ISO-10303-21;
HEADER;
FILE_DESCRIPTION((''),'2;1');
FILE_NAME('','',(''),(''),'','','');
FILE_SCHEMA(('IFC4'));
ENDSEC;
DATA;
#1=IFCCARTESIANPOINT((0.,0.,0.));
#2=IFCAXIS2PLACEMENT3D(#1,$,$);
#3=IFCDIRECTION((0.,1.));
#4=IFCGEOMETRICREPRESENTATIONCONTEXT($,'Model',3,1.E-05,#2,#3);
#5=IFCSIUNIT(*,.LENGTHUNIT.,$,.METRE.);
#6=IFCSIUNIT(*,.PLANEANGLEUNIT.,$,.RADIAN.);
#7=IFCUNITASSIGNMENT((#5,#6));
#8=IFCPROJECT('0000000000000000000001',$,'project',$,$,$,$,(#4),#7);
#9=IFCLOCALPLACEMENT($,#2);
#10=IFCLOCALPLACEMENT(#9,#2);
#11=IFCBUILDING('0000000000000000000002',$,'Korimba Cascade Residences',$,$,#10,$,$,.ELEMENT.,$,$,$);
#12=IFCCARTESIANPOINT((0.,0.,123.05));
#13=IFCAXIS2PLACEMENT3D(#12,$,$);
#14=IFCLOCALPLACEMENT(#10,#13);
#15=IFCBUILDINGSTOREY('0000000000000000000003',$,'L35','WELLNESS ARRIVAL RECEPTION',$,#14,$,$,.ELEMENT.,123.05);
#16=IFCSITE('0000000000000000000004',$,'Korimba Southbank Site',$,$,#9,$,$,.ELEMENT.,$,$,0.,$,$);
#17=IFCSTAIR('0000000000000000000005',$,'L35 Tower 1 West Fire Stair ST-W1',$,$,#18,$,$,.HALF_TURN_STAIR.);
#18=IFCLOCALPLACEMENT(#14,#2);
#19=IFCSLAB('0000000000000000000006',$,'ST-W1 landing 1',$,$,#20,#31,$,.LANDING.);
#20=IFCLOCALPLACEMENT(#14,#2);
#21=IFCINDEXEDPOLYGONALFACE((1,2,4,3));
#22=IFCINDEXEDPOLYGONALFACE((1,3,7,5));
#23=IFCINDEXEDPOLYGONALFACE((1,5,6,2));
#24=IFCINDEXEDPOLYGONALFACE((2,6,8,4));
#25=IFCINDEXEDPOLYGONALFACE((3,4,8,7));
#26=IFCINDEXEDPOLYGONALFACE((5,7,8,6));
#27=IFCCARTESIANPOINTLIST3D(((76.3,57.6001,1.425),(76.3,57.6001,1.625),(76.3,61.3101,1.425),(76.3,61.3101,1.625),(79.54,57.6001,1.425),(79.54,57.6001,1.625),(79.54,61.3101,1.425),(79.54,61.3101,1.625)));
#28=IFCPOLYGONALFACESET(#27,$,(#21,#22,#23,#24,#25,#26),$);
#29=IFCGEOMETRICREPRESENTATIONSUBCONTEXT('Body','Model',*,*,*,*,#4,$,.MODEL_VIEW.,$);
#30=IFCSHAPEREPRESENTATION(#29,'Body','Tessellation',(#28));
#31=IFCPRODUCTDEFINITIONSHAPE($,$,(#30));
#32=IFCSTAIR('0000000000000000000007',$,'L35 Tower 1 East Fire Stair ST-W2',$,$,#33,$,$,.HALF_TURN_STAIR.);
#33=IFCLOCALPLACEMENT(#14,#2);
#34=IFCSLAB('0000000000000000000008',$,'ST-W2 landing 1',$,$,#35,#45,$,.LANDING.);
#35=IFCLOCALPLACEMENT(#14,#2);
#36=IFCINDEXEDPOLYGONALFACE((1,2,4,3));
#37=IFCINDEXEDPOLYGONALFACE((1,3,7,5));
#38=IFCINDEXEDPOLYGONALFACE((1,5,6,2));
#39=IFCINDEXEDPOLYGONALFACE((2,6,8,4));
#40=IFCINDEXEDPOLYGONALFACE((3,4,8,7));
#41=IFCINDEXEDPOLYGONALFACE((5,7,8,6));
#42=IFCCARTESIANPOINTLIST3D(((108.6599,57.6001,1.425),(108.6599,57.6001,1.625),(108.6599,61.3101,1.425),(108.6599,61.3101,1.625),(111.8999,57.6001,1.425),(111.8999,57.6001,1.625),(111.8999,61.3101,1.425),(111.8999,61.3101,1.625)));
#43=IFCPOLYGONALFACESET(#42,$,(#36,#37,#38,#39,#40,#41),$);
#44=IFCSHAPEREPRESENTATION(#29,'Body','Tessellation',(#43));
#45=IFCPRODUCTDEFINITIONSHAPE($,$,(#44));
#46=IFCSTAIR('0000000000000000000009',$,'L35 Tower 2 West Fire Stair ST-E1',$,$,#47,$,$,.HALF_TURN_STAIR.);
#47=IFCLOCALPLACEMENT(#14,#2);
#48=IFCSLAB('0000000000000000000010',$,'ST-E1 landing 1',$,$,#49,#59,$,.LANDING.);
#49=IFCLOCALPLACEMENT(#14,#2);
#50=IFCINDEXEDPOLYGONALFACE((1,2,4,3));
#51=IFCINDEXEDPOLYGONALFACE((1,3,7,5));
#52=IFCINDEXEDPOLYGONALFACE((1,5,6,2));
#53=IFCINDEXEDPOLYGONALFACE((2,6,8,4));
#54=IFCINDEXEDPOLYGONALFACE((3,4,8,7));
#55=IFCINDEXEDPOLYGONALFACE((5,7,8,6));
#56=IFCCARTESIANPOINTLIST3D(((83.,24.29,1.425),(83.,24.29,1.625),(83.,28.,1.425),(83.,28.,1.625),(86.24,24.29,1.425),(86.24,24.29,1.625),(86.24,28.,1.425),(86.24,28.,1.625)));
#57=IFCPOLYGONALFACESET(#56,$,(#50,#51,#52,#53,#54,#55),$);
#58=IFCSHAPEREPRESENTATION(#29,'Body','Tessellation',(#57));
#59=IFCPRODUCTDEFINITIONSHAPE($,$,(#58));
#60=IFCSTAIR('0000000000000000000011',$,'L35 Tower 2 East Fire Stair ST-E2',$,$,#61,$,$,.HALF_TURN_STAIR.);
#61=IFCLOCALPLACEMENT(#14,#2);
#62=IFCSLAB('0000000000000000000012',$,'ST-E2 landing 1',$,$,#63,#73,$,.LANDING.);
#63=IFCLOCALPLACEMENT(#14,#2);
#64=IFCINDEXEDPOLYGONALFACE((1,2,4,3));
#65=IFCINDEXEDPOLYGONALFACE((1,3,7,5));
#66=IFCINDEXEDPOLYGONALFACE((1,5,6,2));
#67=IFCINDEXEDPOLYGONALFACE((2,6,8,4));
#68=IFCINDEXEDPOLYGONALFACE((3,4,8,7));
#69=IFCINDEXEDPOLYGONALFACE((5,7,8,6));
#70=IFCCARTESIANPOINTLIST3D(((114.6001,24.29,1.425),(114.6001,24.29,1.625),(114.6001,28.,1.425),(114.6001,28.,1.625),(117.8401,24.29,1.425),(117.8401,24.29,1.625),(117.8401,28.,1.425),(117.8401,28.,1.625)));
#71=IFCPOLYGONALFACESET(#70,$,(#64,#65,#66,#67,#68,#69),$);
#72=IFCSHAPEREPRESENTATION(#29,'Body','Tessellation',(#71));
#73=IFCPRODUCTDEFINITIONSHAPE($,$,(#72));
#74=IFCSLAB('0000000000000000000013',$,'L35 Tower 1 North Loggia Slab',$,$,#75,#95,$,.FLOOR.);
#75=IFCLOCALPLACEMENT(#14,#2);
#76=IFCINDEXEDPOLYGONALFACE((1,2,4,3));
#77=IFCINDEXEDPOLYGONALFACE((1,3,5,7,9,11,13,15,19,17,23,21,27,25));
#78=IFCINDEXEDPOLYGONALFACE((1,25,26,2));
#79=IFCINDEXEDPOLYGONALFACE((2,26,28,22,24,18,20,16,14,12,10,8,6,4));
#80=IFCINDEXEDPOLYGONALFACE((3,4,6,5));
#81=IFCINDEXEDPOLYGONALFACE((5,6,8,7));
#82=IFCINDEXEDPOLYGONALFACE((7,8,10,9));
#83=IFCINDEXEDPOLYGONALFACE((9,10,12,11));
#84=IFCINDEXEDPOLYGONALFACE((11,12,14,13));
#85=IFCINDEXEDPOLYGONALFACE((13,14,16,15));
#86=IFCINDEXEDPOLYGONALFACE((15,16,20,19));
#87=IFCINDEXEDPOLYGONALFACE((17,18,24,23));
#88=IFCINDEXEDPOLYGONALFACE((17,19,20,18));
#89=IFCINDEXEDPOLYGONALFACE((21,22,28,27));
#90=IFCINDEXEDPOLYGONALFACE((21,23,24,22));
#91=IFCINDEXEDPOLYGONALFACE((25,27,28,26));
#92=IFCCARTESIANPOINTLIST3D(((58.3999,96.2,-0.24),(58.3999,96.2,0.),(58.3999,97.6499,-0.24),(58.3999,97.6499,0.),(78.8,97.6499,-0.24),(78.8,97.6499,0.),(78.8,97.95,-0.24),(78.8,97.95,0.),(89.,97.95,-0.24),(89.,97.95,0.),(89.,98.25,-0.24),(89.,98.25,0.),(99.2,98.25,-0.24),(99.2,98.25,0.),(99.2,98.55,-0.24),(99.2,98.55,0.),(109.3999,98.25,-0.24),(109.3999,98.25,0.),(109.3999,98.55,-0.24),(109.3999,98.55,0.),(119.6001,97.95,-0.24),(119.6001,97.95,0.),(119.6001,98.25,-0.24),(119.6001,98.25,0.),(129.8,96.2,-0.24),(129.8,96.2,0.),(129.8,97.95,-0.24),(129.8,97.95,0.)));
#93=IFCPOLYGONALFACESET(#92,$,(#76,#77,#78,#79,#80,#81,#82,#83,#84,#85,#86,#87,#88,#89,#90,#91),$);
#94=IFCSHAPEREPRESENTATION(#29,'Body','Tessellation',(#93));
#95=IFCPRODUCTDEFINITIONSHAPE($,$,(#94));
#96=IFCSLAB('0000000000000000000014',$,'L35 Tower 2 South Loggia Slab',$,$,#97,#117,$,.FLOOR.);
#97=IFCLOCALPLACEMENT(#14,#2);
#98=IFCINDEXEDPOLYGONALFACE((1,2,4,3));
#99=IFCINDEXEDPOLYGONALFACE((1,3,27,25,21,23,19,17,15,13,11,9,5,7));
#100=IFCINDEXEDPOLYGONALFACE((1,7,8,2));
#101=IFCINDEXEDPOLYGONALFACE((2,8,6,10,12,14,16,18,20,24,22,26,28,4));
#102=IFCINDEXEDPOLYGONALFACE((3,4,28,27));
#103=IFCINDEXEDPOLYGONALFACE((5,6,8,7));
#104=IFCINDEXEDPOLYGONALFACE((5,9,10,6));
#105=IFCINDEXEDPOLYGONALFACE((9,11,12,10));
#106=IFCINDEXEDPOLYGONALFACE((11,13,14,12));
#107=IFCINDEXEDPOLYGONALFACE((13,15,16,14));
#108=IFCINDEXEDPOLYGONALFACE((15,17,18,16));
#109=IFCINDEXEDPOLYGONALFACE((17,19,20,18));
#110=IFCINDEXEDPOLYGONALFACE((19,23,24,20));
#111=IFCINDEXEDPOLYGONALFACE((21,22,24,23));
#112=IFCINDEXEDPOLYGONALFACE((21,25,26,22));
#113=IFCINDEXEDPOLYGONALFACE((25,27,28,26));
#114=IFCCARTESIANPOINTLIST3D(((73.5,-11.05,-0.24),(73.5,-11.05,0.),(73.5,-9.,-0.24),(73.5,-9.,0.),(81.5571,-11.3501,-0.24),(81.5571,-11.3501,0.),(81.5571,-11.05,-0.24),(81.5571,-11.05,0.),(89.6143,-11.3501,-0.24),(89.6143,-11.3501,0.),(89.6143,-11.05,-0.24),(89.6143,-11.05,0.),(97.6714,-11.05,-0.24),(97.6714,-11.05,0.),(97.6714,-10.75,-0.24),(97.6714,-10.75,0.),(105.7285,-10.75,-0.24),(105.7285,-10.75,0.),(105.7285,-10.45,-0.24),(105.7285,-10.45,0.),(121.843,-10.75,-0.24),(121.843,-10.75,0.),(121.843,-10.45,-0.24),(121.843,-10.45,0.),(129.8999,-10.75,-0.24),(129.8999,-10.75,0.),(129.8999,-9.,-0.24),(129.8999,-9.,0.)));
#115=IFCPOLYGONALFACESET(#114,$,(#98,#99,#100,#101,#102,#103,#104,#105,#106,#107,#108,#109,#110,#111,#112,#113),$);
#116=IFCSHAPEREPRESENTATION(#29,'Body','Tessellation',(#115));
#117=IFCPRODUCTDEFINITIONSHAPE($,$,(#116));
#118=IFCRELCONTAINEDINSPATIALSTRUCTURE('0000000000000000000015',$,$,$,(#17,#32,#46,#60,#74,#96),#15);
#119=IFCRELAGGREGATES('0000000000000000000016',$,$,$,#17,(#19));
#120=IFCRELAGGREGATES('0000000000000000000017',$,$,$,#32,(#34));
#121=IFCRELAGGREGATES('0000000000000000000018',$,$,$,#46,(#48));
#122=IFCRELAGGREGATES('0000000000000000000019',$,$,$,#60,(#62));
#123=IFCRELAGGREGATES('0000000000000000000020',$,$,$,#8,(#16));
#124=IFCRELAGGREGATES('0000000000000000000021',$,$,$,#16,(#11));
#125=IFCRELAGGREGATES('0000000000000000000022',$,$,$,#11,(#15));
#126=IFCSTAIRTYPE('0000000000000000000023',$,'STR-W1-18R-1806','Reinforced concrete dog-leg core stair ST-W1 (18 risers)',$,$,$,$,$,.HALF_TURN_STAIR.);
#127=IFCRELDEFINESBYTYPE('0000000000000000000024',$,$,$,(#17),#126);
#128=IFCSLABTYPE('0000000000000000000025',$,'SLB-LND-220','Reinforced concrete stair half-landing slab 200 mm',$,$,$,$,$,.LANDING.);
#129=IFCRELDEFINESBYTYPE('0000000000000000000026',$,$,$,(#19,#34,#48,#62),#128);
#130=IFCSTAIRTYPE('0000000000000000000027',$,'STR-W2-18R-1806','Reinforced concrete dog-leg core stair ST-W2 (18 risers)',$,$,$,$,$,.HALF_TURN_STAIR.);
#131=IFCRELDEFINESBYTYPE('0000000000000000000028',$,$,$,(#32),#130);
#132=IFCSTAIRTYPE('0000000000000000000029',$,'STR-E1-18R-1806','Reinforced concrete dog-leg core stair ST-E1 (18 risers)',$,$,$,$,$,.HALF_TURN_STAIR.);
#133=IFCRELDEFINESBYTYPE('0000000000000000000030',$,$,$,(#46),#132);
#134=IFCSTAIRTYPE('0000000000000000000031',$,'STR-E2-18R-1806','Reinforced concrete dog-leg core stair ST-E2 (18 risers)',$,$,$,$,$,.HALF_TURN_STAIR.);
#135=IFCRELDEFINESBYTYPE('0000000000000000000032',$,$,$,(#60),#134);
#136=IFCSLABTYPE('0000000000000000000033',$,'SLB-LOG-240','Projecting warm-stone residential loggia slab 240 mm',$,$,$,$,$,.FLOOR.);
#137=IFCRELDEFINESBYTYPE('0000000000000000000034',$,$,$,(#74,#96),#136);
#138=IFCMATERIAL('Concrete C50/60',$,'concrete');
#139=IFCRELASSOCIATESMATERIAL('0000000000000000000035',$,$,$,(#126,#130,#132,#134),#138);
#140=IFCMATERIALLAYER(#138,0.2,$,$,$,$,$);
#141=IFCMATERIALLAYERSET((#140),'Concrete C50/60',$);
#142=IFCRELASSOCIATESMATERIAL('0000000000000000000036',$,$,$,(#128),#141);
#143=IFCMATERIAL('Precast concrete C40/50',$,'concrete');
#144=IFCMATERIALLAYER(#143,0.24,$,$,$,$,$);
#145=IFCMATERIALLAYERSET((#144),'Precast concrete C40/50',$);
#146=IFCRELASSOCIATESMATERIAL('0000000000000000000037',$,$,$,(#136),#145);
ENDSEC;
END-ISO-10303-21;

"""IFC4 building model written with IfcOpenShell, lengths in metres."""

from ifc_helpers import new_model, si_unit, direction, frame, origin, place, context, subcontext, project, spatial, polyline, outline, extrude, material, layer, layer_set, type_object, element, aggregate, save


model = new_model("IFC4")

# Units and contexts
model_context = context("Model", 3, precision=1e-05, world=origin(), true_north=direction((0.0, 1.0)))
body_context = subcontext(model_context, "Body", "Model", "MODEL_VIEW")
ifc_project = project(units=[si_unit("LENGTHUNIT", "METRE"), si_unit("PLANEANGLEUNIT", "RADIAN")], contexts=[model_context])

# Site, building, storey
site_placement = place(None, origin())
site = spatial("IfcSite", under=ifc_project, at=site_placement, Name="Korimba Southbank Site", CompositionType="ELEMENT", RefElevation=0.0)
building_placement = place(site_placement, origin())
building = spatial("IfcBuilding", under=site, at=building_placement, Name="Korimba Cascade Residences", CompositionType="ELEMENT")
storey_placement = place(building_placement, frame((0.0, 0.0, 123.05)))
storey = spatial("IfcBuildingStorey", under=building, at=storey_placement, Name="L35", Description="WELLNESS ARRIVAL RECEPTION", CompositionType="ELEMENT", Elevation=123.05)

# Stairs, slabs
ifc_material_1 = material(Name="Concrete C50/60", Category="concrete")
stair_type_1 = type_object("IfcStairType", Name="STR-W1-18R-1806", Description="Reinforced concrete dog-leg core stair ST-W1 (18 risers)", PredefinedType="HALF_TURN_STAIR", material=ifc_material_1)
stair_1_placement = place(storey_placement, origin())
stair_1 = element("IfcStair", 1, at=stair_1_placement, inside=storey, type_object=stair_type_1, Name="L35 Tower 1 West Fire Stair ST-W1", PredefinedType="HALF_TURN_STAIR")
ifc_layer_1 = layer(ifc_material_1, 0.2)
ifc_layer_set_1 = layer_set([ifc_layer_1], Name="Concrete C50/60")
slab_type_1 = type_object("IfcSlabType", Name="SLB-LND-220", Description="Reinforced concrete stair half-landing slab 200 mm", PredefinedType="LANDING", material=ifc_layer_set_1)
slab_1_placement = place(storey_placement, frame((0.0, 0.0, 1.425)))
slab_1 = element("IfcSlab", 2, at=slab_1_placement, type_object=slab_type_1, Name="ST-W1 landing 1", PredefinedType="LANDING", context=body_context, shape_type="SweptSolid", body=[
    extrude(outline(polyline([(76.3, 61.3101), (76.3, 57.6001), (79.54, 57.6001), (79.54, 61.3101), (76.3, 61.3101)])), origin(), (0.0, 0.0, 1.0), 0.2),
])
aggregate(stair_1, [slab_1])
stair_type_2 = type_object("IfcStairType", Name="STR-W2-18R-1806", Description="Reinforced concrete dog-leg core stair ST-W2 (18 risers)", PredefinedType="HALF_TURN_STAIR", material=ifc_material_1)
stair_2_placement = place(storey_placement, origin())
stair_2 = element("IfcStair", 3, at=stair_2_placement, inside=storey, type_object=stair_type_2, Name="L35 Tower 1 East Fire Stair ST-W2", PredefinedType="HALF_TURN_STAIR")
slab_2_placement = place(storey_placement, frame((0.0, 0.0, 1.425)))
slab_2 = element("IfcSlab", 4, at=slab_2_placement, type_object=slab_type_1, Name="ST-W2 landing 1", PredefinedType="LANDING", context=body_context, shape_type="SweptSolid", body=[
    extrude(outline(polyline([(108.6599, 61.3101), (108.6599, 57.6001), (111.8999, 57.6001), (111.8999, 61.3101), (108.6599, 61.3101)])), origin(), (0.0, 0.0, 1.0), 0.2),
])
aggregate(stair_2, [slab_2])
stair_type_3 = type_object("IfcStairType", Name="STR-E1-18R-1806", Description="Reinforced concrete dog-leg core stair ST-E1 (18 risers)", PredefinedType="HALF_TURN_STAIR", material=ifc_material_1)
stair_3_placement = place(storey_placement, origin())
stair_3 = element("IfcStair", 5, at=stair_3_placement, inside=storey, type_object=stair_type_3, Name="L35 Tower 2 West Fire Stair ST-E1", PredefinedType="HALF_TURN_STAIR")
slab_3_placement = place(storey_placement, frame((0.0, 0.0, 1.425)))
slab_3 = element("IfcSlab", 6, at=slab_3_placement, type_object=slab_type_1, Name="ST-E1 landing 1", PredefinedType="LANDING", context=body_context, shape_type="SweptSolid", body=[
    extrude(outline(polyline([(86.24, 24.29), (86.24, 28.0), (83.0, 28.0), (83.0, 24.29), (86.24, 24.29)])), origin(), (0.0, 0.0, 1.0), 0.2),
])
aggregate(stair_3, [slab_3])
stair_type_4 = type_object("IfcStairType", Name="STR-E2-18R-1806", Description="Reinforced concrete dog-leg core stair ST-E2 (18 risers)", PredefinedType="HALF_TURN_STAIR", material=ifc_material_1)
stair_4_placement = place(storey_placement, origin())
stair_4 = element("IfcStair", 7, at=stair_4_placement, inside=storey, type_object=stair_type_4, Name="L35 Tower 2 East Fire Stair ST-E2", PredefinedType="HALF_TURN_STAIR")
slab_4_placement = place(storey_placement, frame((0.0, 0.0, 1.425)))
slab_4 = element("IfcSlab", 8, at=slab_4_placement, type_object=slab_type_1, Name="ST-E2 landing 1", PredefinedType="LANDING", context=body_context, shape_type="SweptSolid", body=[
    extrude(outline(polyline([(117.8401, 24.29), (117.8401, 28.0), (114.6001, 28.0), (114.6001, 24.29), (117.8401, 24.29)])), origin(), (0.0, 0.0, 1.0), 0.2),
])
aggregate(stair_4, [slab_4])

# Slabs
ifc_material_2 = material(Name="Precast concrete C40/50", Category="concrete")
ifc_layer_2 = layer(ifc_material_2, 0.24)
ifc_layer_set_2 = layer_set([ifc_layer_2], Name="Precast concrete C40/50")
slab_type_2 = type_object("IfcSlabType", Name="SLB-LOG-240", Description="Projecting warm-stone residential loggia slab 240 mm", PredefinedType="FLOOR", material=ifc_layer_set_2)
slab_5_placement = place(storey_placement, frame((0.0, 0.0, -0.24)))
element("IfcSlab", 9, at=slab_5_placement, inside=storey, type_object=slab_type_2, Name="L35 Tower 1 North Loggia Slab", PredefinedType="FLOOR", context=body_context, shape_type="SweptSolid", body=[
    extrude(outline(polyline([(58.3999, 96.2), (129.8, 96.2), (129.8, 97.95), (119.6001, 97.95), (119.6001, 98.25), (109.3999, 98.25), (109.3999, 98.55), (99.2, 98.55), (99.2, 98.25), (89.0, 98.25), (89.0, 97.95), (78.8, 97.95), (78.8, 97.6499), (58.3999, 97.6499), (58.3999, 96.2)])), origin(), (0.0, 0.0, 1.0), 0.24),
])
slab_6_placement = place(storey_placement, frame((0.0, 0.0, -0.24)))
element("IfcSlab", 10, at=slab_6_placement, inside=storey, type_object=slab_type_2, Name="L35 Tower 2 South Loggia Slab", PredefinedType="FLOOR", context=body_context, shape_type="SweptSolid", body=[
    extrude(outline(polyline([(73.5, -11.05), (81.5571, -11.05), (81.5571, -11.3501), (89.6143, -11.3501), (89.6143, -11.05), (97.6714, -11.05), (97.6714, -10.75), (105.7285, -10.75), (105.7285, -10.45), (121.843, -10.45), (121.843, -10.75), (129.8999, -10.75), (129.8999, -9.0), (73.5, -9.0), (73.5, -11.05)])), origin(), (0.0, 0.0, 1.0), 0.24),
])

save(model, "model.ifc")
